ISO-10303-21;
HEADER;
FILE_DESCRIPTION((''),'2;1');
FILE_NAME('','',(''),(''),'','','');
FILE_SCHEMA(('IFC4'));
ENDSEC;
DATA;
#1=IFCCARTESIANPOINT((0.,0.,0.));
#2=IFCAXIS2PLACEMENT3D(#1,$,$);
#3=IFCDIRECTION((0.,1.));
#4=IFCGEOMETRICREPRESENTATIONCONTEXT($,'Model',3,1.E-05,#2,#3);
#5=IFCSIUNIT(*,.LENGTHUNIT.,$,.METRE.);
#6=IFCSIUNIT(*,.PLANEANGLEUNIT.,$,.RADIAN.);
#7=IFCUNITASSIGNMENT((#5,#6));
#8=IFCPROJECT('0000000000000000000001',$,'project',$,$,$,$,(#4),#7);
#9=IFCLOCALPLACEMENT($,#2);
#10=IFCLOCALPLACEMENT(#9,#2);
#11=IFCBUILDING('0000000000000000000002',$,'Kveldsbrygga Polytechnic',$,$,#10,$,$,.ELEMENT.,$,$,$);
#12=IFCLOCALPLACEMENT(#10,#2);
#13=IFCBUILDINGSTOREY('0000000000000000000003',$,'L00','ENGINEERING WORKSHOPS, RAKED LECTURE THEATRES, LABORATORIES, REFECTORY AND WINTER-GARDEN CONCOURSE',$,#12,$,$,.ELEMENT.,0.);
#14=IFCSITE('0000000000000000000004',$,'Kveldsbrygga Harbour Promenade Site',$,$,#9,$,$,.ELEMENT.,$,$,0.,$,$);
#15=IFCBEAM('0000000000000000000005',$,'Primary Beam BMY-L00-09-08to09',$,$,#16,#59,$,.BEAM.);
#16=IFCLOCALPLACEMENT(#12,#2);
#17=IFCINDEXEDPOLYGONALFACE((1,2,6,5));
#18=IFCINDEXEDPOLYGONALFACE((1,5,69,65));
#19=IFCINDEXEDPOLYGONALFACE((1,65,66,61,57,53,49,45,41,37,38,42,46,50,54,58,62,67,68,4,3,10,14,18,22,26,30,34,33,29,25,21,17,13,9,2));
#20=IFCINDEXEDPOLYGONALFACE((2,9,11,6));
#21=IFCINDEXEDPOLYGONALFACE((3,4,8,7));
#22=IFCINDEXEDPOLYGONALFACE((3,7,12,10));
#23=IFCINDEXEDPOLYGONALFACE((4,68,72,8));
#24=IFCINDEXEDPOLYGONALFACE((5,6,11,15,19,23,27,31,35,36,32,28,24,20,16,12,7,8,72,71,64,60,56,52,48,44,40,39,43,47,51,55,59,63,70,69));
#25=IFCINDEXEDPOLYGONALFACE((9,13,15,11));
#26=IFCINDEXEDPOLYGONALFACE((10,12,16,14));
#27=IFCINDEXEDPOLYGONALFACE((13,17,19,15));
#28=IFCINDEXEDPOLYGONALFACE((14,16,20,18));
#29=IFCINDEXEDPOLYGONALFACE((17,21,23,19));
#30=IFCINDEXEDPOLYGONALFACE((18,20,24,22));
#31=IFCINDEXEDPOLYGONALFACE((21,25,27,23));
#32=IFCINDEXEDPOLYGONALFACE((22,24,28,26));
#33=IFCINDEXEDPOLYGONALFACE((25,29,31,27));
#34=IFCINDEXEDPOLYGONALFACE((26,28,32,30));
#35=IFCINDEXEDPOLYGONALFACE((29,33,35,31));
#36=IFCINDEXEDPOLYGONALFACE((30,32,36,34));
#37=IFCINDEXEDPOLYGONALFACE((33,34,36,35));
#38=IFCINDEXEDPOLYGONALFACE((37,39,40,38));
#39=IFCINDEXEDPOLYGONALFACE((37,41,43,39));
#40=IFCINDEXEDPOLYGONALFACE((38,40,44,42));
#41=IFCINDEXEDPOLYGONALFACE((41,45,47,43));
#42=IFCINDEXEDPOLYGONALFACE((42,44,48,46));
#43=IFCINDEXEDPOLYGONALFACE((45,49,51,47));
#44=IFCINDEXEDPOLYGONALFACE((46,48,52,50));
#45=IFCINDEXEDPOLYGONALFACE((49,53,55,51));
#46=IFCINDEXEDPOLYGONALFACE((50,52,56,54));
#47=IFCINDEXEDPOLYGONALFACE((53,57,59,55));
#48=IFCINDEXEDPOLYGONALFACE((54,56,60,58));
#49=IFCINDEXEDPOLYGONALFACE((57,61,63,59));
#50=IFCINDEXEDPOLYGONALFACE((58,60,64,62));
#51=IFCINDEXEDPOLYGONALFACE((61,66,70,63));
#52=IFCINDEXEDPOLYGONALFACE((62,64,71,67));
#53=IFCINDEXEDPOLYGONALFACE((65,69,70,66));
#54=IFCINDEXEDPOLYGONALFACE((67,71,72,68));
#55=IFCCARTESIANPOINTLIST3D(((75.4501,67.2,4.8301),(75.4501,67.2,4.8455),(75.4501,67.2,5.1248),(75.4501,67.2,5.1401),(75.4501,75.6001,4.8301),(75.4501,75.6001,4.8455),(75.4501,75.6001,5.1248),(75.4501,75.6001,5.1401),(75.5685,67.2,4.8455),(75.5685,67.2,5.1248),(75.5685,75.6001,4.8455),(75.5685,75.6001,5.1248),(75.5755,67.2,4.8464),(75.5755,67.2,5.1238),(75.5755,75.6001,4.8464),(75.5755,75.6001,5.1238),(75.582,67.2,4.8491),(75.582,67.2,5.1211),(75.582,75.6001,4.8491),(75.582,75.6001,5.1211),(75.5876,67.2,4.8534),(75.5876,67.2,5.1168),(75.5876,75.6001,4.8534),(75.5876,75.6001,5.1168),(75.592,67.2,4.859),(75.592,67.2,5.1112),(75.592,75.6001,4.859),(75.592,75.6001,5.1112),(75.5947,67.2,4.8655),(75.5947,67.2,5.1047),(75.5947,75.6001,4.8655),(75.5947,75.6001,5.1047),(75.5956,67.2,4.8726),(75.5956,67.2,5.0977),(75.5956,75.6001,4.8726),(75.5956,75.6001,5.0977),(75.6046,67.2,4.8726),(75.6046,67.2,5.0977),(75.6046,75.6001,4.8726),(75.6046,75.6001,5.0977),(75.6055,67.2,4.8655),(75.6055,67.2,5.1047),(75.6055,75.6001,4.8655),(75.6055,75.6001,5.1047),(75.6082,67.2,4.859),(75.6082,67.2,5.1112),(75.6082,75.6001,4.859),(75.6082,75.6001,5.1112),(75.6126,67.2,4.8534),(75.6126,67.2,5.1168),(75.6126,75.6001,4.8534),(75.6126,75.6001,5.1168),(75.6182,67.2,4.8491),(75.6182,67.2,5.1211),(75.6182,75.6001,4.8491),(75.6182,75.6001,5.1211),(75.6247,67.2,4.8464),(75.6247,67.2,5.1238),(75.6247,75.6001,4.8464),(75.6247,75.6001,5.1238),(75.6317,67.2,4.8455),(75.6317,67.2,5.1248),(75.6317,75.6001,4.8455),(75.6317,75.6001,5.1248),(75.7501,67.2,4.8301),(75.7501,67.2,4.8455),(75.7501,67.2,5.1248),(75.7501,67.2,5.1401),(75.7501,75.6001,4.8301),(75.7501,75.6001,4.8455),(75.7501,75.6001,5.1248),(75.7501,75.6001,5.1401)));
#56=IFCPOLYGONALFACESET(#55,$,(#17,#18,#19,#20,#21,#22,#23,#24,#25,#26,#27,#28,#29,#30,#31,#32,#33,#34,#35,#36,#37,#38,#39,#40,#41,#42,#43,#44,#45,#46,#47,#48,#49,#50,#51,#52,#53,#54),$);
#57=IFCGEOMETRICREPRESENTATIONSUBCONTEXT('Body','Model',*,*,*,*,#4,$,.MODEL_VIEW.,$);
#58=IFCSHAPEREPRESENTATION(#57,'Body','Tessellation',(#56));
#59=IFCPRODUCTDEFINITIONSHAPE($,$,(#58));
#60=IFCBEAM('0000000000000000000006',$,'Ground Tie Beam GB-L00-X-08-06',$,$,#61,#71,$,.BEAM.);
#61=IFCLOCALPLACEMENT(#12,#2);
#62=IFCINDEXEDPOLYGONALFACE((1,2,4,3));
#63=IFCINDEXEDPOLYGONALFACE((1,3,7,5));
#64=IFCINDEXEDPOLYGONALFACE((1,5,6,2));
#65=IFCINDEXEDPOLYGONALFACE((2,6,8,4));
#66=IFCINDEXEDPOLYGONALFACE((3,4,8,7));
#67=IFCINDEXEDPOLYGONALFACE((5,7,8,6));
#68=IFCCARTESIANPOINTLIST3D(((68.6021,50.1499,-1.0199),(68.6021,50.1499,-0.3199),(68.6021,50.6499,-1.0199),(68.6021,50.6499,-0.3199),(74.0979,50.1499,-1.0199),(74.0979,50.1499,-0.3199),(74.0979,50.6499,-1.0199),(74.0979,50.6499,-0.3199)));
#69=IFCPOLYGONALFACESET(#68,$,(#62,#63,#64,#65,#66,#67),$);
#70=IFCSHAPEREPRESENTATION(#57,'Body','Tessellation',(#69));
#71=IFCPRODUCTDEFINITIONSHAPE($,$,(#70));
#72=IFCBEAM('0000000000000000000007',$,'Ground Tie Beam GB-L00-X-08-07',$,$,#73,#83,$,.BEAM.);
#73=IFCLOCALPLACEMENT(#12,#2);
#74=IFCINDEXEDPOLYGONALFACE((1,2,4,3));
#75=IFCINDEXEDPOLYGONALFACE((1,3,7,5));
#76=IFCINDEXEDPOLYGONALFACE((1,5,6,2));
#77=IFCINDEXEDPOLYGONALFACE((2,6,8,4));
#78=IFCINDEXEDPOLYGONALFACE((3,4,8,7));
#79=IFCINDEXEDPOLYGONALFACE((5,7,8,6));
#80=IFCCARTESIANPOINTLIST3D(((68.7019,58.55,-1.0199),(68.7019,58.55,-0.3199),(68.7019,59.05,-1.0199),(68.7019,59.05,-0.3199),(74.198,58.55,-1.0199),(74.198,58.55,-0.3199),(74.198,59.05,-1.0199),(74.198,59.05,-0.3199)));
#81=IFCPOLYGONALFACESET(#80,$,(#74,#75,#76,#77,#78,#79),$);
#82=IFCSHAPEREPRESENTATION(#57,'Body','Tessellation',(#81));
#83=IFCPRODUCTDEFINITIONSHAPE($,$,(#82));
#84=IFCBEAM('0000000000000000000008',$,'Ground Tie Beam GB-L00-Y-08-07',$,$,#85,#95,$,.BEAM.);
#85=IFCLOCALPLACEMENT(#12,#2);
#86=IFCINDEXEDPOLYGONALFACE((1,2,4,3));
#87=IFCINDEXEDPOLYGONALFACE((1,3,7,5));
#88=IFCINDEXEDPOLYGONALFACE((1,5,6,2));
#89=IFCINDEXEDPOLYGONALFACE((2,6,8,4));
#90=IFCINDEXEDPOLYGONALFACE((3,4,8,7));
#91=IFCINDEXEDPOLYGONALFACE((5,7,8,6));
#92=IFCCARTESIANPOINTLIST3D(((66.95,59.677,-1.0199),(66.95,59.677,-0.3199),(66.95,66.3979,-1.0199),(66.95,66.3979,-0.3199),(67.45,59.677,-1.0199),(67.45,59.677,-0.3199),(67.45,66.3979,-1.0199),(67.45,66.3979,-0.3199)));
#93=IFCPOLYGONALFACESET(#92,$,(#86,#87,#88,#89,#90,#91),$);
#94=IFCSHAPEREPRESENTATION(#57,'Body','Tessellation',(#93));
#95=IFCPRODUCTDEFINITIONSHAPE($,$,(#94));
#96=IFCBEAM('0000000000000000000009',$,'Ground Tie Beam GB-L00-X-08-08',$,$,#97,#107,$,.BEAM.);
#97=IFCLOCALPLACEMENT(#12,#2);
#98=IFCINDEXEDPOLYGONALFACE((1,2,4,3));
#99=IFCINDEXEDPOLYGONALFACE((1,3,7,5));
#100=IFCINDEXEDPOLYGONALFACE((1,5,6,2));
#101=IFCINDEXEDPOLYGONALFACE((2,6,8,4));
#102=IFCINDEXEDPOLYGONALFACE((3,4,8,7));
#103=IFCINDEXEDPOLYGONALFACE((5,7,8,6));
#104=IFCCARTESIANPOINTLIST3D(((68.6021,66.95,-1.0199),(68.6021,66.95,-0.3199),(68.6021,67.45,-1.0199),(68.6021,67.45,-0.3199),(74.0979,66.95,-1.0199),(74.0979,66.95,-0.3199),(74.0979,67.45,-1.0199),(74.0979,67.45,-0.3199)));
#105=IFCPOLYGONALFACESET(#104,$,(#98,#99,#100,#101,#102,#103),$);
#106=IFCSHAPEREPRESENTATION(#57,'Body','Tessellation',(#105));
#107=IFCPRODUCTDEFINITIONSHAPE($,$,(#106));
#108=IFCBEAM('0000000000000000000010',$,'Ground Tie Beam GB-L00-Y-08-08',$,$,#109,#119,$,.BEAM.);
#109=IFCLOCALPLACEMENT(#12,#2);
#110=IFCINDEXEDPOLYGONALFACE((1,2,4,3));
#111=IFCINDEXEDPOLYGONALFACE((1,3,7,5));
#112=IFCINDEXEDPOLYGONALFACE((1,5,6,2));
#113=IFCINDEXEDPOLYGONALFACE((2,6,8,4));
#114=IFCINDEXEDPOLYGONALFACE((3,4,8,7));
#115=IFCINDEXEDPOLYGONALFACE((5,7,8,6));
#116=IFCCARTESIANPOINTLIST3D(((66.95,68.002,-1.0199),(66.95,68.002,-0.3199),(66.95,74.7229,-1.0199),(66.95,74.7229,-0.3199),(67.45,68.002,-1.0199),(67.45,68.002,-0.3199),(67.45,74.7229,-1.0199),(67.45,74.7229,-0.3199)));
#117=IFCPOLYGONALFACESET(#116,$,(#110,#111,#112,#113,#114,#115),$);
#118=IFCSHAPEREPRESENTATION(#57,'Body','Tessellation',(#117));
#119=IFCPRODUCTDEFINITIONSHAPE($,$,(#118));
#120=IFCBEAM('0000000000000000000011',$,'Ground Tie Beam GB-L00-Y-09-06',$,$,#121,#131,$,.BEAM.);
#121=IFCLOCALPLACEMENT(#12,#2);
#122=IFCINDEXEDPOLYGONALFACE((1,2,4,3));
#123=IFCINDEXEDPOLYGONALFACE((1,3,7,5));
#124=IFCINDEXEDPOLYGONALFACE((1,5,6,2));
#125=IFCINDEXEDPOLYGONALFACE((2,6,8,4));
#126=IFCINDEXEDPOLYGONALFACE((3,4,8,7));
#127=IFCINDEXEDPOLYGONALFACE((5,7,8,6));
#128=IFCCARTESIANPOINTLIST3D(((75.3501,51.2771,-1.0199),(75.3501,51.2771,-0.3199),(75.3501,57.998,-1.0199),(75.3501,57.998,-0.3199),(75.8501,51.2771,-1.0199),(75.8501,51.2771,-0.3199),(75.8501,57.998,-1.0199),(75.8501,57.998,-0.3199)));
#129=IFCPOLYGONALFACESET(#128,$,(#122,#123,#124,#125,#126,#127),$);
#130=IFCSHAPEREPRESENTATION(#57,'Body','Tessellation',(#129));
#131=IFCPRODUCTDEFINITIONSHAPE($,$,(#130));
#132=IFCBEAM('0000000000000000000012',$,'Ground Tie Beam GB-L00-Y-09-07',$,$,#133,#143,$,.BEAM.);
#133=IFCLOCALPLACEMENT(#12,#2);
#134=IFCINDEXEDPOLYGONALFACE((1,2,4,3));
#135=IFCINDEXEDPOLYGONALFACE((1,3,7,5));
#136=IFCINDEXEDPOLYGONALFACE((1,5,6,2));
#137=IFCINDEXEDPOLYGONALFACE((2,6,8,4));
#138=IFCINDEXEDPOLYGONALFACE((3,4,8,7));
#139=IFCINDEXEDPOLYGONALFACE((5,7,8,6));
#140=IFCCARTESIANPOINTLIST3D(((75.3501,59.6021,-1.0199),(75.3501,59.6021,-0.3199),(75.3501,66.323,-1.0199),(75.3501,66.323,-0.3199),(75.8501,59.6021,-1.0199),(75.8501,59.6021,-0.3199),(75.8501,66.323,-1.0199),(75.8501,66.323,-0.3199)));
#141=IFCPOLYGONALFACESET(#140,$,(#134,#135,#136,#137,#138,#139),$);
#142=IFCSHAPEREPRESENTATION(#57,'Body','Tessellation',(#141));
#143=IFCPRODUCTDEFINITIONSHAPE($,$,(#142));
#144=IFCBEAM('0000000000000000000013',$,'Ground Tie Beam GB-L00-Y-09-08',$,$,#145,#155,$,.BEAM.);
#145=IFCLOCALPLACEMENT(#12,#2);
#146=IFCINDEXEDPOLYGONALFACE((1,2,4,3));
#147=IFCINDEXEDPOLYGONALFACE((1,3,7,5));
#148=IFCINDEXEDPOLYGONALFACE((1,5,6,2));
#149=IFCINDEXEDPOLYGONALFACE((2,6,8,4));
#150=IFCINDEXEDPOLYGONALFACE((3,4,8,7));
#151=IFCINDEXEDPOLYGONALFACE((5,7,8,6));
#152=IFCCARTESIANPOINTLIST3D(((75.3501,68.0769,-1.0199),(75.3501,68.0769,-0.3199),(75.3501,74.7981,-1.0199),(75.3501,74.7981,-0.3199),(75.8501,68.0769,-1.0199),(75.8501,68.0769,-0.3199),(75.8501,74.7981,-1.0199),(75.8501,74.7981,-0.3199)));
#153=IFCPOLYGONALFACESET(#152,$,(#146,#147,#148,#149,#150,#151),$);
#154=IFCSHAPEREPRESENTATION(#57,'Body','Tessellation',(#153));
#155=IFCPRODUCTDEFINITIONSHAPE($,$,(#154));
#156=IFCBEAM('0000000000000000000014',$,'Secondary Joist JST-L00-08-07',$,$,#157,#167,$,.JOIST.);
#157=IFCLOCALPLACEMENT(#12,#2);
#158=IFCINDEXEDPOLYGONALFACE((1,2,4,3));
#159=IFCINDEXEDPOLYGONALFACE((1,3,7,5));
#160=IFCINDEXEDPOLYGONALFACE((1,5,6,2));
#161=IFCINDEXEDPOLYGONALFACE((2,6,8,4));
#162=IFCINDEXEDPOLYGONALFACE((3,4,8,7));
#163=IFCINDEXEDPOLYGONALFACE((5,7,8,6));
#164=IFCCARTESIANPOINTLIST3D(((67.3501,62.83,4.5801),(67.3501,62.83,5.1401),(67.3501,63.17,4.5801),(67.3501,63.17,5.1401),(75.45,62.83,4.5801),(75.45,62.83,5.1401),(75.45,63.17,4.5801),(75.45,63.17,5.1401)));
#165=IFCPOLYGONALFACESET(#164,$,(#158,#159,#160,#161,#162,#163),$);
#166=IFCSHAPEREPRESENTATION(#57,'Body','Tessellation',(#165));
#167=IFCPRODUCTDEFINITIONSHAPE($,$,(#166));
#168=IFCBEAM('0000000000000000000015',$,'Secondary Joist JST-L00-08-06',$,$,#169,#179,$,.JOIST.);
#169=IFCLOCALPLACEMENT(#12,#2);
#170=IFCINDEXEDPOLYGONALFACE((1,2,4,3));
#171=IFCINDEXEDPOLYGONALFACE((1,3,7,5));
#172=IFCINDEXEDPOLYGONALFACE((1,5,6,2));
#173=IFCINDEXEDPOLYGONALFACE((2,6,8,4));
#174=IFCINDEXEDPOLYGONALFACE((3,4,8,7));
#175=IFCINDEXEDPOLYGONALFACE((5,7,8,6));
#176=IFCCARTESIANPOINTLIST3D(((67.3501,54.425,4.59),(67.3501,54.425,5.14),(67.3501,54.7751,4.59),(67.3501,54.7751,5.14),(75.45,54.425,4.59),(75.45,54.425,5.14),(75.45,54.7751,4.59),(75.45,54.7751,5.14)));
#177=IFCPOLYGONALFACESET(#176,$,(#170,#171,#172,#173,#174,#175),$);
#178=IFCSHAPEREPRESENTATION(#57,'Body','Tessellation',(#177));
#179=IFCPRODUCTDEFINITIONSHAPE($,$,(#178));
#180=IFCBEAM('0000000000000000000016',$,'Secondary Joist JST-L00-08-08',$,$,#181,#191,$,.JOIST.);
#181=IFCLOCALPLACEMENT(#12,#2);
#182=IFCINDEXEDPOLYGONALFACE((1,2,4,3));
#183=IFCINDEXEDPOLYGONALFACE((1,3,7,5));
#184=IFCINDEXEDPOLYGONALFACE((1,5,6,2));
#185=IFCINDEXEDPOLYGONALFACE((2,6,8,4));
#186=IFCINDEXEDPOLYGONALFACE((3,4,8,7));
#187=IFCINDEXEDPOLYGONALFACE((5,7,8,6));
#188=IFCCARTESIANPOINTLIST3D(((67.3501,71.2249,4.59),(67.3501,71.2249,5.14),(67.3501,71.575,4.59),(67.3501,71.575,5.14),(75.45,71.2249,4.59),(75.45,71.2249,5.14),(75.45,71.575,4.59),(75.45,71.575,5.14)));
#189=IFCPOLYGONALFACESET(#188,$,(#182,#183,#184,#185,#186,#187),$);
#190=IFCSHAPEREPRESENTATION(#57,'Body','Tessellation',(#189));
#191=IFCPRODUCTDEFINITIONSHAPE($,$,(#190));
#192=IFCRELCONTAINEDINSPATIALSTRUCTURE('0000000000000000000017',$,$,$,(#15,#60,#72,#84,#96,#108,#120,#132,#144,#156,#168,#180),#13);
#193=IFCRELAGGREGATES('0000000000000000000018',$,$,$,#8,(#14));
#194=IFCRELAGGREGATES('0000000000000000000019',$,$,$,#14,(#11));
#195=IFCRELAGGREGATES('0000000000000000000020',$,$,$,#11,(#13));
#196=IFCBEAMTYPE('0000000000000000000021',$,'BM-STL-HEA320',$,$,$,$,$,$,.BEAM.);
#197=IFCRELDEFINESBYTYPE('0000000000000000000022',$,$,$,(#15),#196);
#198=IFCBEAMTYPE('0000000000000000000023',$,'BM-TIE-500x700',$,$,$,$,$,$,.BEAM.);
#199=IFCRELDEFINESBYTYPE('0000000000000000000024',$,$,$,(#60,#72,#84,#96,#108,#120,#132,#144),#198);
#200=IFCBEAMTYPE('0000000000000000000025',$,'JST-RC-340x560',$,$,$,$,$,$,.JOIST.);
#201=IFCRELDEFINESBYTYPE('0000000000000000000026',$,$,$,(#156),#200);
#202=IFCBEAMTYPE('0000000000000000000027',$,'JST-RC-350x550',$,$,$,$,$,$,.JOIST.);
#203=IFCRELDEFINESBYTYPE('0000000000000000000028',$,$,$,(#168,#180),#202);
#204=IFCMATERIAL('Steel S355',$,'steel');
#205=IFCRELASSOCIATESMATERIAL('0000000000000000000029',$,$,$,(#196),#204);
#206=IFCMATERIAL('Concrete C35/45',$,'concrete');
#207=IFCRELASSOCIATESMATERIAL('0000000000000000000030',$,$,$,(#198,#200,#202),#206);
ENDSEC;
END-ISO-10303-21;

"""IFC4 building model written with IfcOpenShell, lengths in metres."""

from ifc_helpers import new_model, si_unit, direction, frame, origin, origin_2d, place, context, subcontext, project, spatial, rectangle, i_section, extrude, material, material_profile, profile_set, type_object, element, save


model = new_model("IFC4")

# Units and contexts
model_context = context("Model", 3, precision=1e-05, world=origin(), true_north=direction((0.0, 1.0)))
body_context = subcontext(model_context, "Body", "Model", "MODEL_VIEW")
ifc_project = project(units=[si_unit("LENGTHUNIT", "METRE"), si_unit("PLANEANGLEUNIT", "RADIAN")], contexts=[model_context])

# Site, building, storey
site_placement = place(None, origin())
site = spatial("IfcSite", under=ifc_project, at=site_placement, Name="Kveldsbrygga Harbour Promenade Site", CompositionType="ELEMENT", RefElevation=0.0)
building_placement = place(site_placement, origin())
building = spatial("IfcBuilding", under=site, at=building_placement, Name="Kveldsbrygga Polytechnic", CompositionType="ELEMENT")
storey_placement = place(building_placement, origin())
storey = spatial("IfcBuildingStorey", under=building, at=storey_placement, Name="L00", Description="ENGINEERING WORKSHOPS, RAKED LECTURE THEATRES, LABORATORIES, REFECTORY AND WINTER-GARDEN CONCOURSE", CompositionType="ELEMENT", Elevation=0.0)

# Shared definitions
ifc_material_1 = material(Name="Steel S355", Category="steel")

# Beams
ifc_material_2 = material(Name="Concrete C35/45", Category="concrete")
ifc_material_profile_1 = material_profile(ifc_material_1, i_section(OverallWidth=0.3, OverallDepth=0.3101, WebThickness=0.009, FlangeThickness=0.0154, FilletRadius=0.0271, at=origin_2d()), Name="HEA 320")
ifc_profile_set_1 = profile_set([ifc_material_profile_1], Name="Steel S355")
beam_type_1 = type_object("IfcBeamType", Name="BM-STL-HEA320", PredefinedType="BEAM", material=ifc_profile_set_1)
beam_1_placement = place(storey_placement, frame((75.6001, 67.2, 4.9851), z_axis=(0.0, 1.0, 0.0), x_axis=(-1.0, 0.0, 0.0)))
element("IfcBeam", 1, at=beam_1_placement, inside=storey, type_object=beam_type_1, Name="Primary Beam BMY-L00-09-08to09", PredefinedType="BEAM", context=body_context, shape_type="SweptSolid", body=[
    extrude(i_section(OverallWidth=0.3, OverallDepth=0.3101, WebThickness=0.009, FlangeThickness=0.0154, FilletRadius=0.0271, at=origin_2d()), origin(), (0.0, 0.0, 1.0), 8.4001),
])
ifc_material_profile_2 = material_profile(ifc_material_2, rectangle(XDim=0.5, YDim=0.7, at=origin_2d()), Name="RC 500x700")
ifc_profile_set_2 = profile_set([ifc_material_profile_2], Name="Concrete C35/45")
beam_type_2 = type_object("IfcBeamType", Name="BM-TIE-500x700", PredefinedType="BEAM", material=ifc_profile_set_2)
beam_2_placement = place(storey_placement, frame((68.6021, 50.3999, -0.6699), z_axis=(1.0, 0.0, 0.0), x_axis=(0.0, 1.0, 0.0)))
element("IfcBeam", 2, at=beam_2_placement, inside=storey, type_object=beam_type_2, Name="Ground Tie Beam GB-L00-X-08-06", PredefinedType="BEAM", context=body_context, shape_type="SweptSolid", body=[
    extrude(rectangle(XDim=0.5, YDim=0.7, at=origin_2d()), origin(), (0.0, 0.0, 1.0), 5.4958),
])
beam_3_placement = place(storey_placement, frame((68.7019, 58.8, -0.6699), z_axis=(1.0, 0.0, 0.0), x_axis=(0.0, 1.0, 0.0)))
element("IfcBeam", 3, at=beam_3_placement, inside=storey, type_object=beam_type_2, Name="Ground Tie Beam GB-L00-X-08-07", PredefinedType="BEAM", context=body_context, shape_type="SweptSolid", body=[
    extrude(rectangle(XDim=0.5, YDim=0.7, at=origin_2d()), origin(), (0.0, 0.0, 1.0), 5.4961),
])
beam_4_placement = place(storey_placement, frame((67.2, 59.677, -0.6699), z_axis=(0.0, 1.0, 0.0), x_axis=(-1.0, 0.0, 0.0)))
element("IfcBeam", 4, at=beam_4_placement, inside=storey, type_object=beam_type_2, Name="Ground Tie Beam GB-L00-Y-08-07", PredefinedType="BEAM", context=body_context, shape_type="SweptSolid", body=[
    extrude(rectangle(XDim=0.5, YDim=0.7, at=origin_2d()), origin(), (0.0, 0.0, 1.0), 6.7209),
])
beam_5_placement = place(storey_placement, frame((68.6021, 67.2, -0.6699), z_axis=(1.0, 0.0, 0.0), x_axis=(0.0, 1.0, 0.0)))
element("IfcBeam", 5, at=beam_5_placement, inside=storey, type_object=beam_type_2, Name="Ground Tie Beam GB-L00-X-08-08", PredefinedType="BEAM", context=body_context, shape_type="SweptSolid", body=[
    extrude(rectangle(XDim=0.5, YDim=0.7, at=origin_2d()), origin(), (0.0, 0.0, 1.0), 5.4958),
])
for number, where, z_axis, x_axis, name in (
    (6, (67.2, 68.002, -0.6699), (0.0, 1.0, 0.0), (-1.0, 0.0, 0.0), "Ground Tie Beam GB-L00-Y-08-08"),
    (7, (75.6001, 51.2771, -0.6699), (0.0, 1.0, 0.0), (-1.0, 0.0, 0.0), "Ground Tie Beam GB-L00-Y-09-06"),
    (8, (75.6001, 59.6021, -0.6699), (0.0, 1.0, 0.0), (-1.0, 0.0, 0.0), "Ground Tie Beam GB-L00-Y-09-07"),
):
    element("IfcBeam", number, at=place(storey_placement, frame(where, z_axis=z_axis, x_axis=x_axis)), inside=storey, type_object=beam_type_2, Name=name, PredefinedType="BEAM", context=body_context, shape_type="SweptSolid", body=[
        extrude(rectangle(XDim=0.5, YDim=0.7, at=origin_2d()), origin(), (0.0, 0.0, 1.0), 6.7209),
    ])
beam_6_placement = place(storey_placement, frame((75.6001, 68.0769, -0.6699), z_axis=(0.0, 1.0, 0.0), x_axis=(-1.0, 0.0, 0.0)))
element("IfcBeam", 9, at=beam_6_placement, inside=storey, type_object=beam_type_2, Name="Ground Tie Beam GB-L00-Y-09-08", PredefinedType="BEAM", context=body_context, shape_type="SweptSolid", body=[
    extrude(rectangle(XDim=0.5, YDim=0.7, at=origin_2d()), origin(), (0.0, 0.0, 1.0), 6.7212),
])
ifc_material_profile_3 = material_profile(ifc_material_2, rectangle(XDim=0.3401, YDim=0.5601, at=origin_2d()), Name="RC 340x560")
ifc_profile_set_3 = profile_set([ifc_material_profile_3], Name="Concrete C35/45")
beam_type_3 = type_object("IfcBeamType", Name="JST-RC-340x560", PredefinedType="JOIST", material=ifc_profile_set_3)
beam_7_placement = place(storey_placement, frame((67.3501, 63.0, 4.8601), z_axis=(1.0, 0.0, 0.0), x_axis=(0.0, 1.0, 0.0)))
element("IfcBeam", 10, at=beam_7_placement, inside=storey, type_object=beam_type_3, Name="Secondary Joist JST-L00-08-07", PredefinedType="JOIST", context=body_context, shape_type="SweptSolid", body=[
    extrude(rectangle(XDim=0.3401, YDim=0.5601, at=origin_2d()), origin(), (0.0, 0.0, 1.0), 8.0999),
])
ifc_material_profile_4 = material_profile(ifc_material_2, rectangle(XDim=0.3501, YDim=0.55, at=origin_2d()), Name="RC 350x550")
ifc_profile_set_4 = profile_set([ifc_material_profile_4], Name="Concrete C35/45")
beam_type_4 = type_object("IfcBeamType", Name="JST-RC-350x550", PredefinedType="JOIST", material=ifc_profile_set_4)
for number, where, z_axis, x_axis, name in (
    (11, (67.3501, 54.6001, 4.865), (1.0, 0.0, 0.0), (0.0, 1.0, 0.0), "Secondary Joist JST-L00-08-06"),
    (12, (67.3501, 71.3999, 4.865), (1.0, 0.0, 0.0), (0.0, 1.0, 0.0), "Secondary Joist JST-L00-08-08"),
):
    element("IfcBeam", number, at=place(storey_placement, frame(where, z_axis=z_axis, x_axis=x_axis)), inside=storey, type_object=beam_type_4, Name=name, PredefinedType="JOIST", context=body_context, shape_type="SweptSolid", body=[
        extrude(rectangle(XDim=0.3501, YDim=0.55, at=origin_2d()), origin(), (0.0, 0.0, 1.0), 8.0999),
    ])

save(model, "model.ifc")
